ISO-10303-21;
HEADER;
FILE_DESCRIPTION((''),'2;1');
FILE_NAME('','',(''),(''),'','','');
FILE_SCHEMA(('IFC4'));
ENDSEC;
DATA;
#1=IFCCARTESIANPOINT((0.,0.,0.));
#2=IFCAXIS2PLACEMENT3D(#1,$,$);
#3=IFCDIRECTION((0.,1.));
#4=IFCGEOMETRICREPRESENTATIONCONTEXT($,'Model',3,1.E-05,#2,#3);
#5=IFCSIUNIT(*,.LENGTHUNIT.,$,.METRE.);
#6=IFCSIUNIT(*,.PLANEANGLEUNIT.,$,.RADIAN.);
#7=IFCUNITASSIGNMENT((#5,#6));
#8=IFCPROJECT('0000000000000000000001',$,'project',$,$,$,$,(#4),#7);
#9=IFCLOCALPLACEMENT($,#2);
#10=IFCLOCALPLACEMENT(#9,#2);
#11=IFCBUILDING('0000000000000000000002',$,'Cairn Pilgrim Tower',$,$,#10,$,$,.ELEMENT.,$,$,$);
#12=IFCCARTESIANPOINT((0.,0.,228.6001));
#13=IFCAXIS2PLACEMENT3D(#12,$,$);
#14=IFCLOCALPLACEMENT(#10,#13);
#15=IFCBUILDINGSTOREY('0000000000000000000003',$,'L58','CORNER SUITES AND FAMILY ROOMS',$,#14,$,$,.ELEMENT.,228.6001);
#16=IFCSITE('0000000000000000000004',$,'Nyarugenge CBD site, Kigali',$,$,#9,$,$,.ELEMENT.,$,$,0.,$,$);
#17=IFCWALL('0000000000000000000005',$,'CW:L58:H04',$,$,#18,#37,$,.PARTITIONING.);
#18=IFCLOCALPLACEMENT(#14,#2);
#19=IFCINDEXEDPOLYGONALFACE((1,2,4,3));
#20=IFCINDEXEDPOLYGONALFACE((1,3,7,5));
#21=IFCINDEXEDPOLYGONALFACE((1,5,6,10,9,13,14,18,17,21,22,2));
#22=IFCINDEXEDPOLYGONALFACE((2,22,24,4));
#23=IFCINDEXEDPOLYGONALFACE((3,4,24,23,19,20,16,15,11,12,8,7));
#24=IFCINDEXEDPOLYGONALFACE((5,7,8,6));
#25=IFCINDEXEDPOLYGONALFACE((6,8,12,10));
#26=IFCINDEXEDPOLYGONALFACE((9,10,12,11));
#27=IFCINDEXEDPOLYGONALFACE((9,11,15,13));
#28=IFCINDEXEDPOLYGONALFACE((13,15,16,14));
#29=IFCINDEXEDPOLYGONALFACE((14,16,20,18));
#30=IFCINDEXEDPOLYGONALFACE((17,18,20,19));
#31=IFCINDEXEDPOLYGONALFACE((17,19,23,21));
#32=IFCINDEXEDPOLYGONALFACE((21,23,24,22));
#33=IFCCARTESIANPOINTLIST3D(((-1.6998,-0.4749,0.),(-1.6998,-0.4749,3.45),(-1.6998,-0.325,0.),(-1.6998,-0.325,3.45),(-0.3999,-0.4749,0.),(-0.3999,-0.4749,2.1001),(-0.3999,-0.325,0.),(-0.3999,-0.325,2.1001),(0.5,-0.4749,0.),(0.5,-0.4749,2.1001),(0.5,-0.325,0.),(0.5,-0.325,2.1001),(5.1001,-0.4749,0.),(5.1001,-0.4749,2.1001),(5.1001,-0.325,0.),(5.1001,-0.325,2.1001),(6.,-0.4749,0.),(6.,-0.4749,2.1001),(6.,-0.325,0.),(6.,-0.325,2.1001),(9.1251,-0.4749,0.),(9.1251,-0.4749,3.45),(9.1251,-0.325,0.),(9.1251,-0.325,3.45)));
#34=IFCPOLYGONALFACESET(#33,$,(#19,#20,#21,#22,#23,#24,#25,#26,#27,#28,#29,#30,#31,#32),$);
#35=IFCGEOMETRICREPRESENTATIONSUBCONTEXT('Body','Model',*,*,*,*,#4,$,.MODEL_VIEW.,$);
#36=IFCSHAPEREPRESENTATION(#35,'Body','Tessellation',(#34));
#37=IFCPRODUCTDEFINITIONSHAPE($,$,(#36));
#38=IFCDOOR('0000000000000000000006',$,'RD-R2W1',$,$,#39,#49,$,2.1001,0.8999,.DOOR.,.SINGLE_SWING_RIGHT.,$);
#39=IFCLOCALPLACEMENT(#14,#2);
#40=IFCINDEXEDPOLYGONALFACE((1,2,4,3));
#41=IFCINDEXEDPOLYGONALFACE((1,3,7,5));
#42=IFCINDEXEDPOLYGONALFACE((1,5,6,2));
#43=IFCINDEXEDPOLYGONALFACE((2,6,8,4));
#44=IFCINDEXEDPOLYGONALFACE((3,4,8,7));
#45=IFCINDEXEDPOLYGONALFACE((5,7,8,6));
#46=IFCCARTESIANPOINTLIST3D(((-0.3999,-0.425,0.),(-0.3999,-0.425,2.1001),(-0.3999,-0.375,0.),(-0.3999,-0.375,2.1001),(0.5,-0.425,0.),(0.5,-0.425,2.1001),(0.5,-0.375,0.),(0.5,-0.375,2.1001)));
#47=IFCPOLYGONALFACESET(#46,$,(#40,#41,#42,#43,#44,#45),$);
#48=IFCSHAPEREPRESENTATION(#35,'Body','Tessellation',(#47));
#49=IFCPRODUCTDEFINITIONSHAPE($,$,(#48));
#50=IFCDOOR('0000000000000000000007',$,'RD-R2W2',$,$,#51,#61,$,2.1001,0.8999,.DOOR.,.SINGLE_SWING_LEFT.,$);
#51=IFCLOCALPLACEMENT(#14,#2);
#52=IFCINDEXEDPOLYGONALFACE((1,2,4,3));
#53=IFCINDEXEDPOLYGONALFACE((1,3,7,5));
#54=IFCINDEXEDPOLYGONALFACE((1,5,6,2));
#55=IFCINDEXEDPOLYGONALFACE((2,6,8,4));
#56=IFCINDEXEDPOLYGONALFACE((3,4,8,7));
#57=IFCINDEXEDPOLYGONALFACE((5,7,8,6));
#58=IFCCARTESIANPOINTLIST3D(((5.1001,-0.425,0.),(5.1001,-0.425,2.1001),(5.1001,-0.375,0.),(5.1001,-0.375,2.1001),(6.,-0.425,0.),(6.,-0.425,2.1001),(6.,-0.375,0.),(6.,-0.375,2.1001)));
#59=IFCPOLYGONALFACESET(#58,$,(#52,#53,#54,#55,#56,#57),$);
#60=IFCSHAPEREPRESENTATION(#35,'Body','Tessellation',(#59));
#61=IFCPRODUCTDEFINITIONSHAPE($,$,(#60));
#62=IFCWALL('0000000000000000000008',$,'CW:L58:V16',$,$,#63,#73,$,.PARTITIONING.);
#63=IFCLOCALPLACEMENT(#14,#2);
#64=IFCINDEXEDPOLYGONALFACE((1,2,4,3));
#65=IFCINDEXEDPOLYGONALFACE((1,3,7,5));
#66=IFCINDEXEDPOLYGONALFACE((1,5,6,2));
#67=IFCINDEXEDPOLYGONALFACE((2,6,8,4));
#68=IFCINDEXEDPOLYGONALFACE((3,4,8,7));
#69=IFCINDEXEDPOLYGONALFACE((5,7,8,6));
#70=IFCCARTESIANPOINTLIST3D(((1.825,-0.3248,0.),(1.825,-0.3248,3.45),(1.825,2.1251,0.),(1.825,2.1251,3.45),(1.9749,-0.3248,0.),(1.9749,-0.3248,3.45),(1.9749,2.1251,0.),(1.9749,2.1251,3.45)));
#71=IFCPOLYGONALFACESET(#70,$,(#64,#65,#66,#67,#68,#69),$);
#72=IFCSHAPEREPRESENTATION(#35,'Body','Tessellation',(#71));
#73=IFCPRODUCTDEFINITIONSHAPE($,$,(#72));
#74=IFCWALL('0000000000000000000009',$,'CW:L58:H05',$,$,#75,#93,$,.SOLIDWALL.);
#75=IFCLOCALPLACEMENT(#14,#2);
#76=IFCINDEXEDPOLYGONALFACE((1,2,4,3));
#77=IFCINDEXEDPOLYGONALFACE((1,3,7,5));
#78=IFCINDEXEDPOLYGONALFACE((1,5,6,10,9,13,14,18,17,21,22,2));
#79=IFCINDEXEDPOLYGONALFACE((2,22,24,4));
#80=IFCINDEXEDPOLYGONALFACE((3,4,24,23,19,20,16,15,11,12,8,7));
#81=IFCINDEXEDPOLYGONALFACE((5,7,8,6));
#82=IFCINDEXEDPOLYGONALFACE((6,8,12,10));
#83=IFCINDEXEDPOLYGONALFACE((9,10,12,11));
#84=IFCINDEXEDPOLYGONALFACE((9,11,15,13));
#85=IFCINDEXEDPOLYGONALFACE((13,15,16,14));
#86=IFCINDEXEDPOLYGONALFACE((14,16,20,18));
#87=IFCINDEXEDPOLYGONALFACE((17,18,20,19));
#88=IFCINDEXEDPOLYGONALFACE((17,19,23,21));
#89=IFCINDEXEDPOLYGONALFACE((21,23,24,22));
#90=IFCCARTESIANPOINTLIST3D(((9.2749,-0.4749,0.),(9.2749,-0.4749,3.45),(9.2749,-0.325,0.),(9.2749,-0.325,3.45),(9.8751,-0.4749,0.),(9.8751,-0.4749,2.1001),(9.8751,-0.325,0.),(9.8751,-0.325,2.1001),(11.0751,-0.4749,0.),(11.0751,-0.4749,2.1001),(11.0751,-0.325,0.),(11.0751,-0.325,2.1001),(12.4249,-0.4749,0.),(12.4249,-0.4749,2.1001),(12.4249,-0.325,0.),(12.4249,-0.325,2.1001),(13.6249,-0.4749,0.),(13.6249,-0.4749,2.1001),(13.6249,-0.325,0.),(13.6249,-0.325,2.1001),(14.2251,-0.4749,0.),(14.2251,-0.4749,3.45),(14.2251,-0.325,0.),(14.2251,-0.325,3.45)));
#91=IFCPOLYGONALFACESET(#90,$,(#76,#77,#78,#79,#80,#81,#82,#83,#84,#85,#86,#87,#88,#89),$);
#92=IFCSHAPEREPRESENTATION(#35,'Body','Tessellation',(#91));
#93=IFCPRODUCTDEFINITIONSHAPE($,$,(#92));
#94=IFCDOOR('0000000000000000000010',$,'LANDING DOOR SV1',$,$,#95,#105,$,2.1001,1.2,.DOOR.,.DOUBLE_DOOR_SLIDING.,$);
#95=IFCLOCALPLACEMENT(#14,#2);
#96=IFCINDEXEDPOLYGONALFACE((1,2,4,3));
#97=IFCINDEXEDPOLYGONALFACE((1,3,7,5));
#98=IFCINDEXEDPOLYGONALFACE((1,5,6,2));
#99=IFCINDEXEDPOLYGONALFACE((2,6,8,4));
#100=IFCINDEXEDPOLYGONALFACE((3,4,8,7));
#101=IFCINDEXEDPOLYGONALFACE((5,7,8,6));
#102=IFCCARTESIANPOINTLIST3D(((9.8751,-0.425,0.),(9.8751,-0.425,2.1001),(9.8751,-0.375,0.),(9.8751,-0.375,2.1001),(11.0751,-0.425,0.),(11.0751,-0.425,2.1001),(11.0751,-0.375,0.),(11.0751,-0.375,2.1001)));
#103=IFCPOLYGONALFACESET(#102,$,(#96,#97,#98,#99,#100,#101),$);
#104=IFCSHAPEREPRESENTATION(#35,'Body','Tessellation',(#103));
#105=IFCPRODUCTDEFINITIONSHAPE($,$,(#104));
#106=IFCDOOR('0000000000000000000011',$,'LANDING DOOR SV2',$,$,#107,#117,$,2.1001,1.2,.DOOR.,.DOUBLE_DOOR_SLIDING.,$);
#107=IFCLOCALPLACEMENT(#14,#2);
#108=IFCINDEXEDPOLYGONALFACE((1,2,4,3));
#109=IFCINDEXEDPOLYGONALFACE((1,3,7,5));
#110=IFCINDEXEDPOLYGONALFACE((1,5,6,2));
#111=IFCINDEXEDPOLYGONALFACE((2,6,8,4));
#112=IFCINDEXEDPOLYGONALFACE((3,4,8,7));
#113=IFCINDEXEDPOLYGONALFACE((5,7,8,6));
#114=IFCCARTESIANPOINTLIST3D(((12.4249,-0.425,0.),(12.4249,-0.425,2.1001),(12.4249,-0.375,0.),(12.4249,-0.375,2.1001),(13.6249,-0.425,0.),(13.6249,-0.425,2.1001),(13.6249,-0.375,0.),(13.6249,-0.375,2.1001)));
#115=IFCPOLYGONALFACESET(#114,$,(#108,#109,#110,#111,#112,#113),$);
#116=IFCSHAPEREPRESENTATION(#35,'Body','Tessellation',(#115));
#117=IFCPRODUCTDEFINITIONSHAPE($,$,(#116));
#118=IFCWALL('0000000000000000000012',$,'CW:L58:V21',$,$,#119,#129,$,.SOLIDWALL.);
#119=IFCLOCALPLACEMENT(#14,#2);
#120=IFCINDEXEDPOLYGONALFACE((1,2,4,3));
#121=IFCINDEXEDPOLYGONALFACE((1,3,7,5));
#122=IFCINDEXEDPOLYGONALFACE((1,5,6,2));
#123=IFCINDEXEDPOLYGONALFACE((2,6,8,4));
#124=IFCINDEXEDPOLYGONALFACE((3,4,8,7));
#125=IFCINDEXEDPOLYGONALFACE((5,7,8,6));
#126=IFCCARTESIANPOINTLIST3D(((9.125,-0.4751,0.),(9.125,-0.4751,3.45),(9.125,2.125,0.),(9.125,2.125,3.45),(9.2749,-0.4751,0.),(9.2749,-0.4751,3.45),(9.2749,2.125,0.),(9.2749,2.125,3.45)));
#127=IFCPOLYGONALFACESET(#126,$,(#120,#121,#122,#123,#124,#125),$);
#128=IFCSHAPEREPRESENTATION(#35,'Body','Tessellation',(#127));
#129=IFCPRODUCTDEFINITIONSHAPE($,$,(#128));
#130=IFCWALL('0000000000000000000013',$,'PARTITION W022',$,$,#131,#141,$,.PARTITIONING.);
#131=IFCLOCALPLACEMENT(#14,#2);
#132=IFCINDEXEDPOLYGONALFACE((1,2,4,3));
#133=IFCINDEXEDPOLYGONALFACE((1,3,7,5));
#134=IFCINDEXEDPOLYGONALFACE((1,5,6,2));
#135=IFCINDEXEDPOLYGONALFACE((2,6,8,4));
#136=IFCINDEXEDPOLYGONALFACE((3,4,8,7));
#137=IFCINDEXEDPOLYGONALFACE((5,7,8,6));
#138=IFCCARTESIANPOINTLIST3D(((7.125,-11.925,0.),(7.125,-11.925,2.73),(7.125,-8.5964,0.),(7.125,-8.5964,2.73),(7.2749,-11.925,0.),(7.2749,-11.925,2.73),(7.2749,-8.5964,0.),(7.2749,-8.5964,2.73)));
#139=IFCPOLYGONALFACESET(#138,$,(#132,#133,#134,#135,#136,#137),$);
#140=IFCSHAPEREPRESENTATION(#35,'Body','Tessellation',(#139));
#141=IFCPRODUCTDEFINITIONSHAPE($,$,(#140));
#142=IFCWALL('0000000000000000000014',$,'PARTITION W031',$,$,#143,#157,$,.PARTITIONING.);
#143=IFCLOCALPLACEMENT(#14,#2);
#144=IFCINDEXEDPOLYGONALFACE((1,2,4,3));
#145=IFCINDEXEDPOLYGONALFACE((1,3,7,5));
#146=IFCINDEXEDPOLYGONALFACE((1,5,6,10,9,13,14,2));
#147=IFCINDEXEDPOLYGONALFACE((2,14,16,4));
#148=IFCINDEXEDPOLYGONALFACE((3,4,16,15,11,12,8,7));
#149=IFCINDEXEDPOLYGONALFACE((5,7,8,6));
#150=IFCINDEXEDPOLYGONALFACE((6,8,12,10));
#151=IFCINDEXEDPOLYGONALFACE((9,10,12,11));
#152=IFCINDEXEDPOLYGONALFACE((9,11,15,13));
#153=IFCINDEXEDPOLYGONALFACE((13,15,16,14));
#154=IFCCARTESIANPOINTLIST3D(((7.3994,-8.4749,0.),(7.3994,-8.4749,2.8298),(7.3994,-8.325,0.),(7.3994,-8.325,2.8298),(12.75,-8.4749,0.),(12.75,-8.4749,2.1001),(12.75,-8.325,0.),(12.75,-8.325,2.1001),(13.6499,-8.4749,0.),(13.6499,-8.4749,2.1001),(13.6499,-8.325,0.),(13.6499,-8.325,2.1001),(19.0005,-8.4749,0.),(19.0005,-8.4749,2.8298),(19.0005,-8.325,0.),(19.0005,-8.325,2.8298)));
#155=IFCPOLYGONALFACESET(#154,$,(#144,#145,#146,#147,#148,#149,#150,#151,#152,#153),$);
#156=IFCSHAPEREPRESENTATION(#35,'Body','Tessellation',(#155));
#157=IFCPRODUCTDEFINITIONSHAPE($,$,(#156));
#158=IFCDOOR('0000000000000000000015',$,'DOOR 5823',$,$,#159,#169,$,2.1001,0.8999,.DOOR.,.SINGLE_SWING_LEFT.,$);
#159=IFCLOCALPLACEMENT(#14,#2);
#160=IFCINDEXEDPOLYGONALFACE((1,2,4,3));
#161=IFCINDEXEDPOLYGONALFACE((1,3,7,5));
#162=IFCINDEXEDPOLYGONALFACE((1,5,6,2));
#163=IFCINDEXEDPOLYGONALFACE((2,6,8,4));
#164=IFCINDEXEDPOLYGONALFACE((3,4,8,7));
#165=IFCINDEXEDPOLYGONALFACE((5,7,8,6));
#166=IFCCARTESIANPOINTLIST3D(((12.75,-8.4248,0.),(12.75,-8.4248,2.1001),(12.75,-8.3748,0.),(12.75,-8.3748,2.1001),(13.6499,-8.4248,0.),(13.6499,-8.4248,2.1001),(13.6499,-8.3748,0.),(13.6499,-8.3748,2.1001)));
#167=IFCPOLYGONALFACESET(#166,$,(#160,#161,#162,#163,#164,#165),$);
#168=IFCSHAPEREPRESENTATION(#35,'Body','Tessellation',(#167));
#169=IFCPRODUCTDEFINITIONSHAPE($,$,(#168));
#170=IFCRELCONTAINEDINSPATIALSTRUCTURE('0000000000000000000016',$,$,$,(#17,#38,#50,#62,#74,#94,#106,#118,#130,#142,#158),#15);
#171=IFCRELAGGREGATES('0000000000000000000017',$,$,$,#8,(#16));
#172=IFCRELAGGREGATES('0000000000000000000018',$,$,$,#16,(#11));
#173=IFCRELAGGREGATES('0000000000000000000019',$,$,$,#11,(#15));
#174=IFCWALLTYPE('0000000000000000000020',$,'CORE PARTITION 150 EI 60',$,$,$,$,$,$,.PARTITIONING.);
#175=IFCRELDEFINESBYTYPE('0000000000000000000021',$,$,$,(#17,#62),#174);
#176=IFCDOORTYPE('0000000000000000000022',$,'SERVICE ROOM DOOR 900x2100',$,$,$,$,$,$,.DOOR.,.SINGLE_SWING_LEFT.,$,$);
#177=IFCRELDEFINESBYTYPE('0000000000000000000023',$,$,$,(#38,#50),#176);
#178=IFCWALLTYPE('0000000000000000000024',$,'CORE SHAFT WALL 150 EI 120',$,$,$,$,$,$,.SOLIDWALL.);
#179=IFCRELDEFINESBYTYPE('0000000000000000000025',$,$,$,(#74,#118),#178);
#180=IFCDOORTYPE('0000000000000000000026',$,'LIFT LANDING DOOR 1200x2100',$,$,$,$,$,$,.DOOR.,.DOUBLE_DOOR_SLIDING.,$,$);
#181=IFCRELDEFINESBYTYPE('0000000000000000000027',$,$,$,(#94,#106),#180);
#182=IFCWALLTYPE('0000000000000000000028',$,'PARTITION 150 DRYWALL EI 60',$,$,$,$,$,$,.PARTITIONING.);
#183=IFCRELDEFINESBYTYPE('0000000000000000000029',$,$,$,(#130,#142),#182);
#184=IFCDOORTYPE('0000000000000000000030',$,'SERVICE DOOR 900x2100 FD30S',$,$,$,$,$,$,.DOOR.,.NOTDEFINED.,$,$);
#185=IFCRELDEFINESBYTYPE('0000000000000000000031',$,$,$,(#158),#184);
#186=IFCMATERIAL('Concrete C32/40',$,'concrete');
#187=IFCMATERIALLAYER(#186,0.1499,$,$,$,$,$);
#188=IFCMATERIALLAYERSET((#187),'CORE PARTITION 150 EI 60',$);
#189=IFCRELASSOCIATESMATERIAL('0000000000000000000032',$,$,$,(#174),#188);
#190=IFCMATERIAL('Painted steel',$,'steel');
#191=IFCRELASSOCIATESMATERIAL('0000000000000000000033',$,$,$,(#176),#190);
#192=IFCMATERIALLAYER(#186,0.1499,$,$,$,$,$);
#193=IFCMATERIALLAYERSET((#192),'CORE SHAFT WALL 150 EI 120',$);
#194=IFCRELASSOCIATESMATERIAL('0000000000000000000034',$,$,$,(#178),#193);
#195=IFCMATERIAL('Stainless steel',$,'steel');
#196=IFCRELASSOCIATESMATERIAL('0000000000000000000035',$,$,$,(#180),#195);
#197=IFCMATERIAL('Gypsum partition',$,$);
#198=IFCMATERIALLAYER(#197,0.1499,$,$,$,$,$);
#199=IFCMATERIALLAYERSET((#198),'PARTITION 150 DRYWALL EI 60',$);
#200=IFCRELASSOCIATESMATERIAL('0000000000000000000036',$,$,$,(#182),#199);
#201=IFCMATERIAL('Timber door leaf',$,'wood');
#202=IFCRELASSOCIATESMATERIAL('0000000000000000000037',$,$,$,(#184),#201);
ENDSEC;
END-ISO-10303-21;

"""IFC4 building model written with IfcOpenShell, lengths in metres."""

from ifc_helpers import new_model, si_unit, direction, frame, frame_2d, origin, place, context, subcontext, project, spatial, rectangle, extrude, material, layer, layer_set, type_object, element, fill, save


model = new_model("IFC4")

# Units and contexts
model_context = context("Model", 3, precision=1e-05, world=origin(), true_north=direction((0.0, 1.0)))
body_context = subcontext(model_context, "Body", "Model", "MODEL_VIEW")
ifc_project = project(units=[si_unit("LENGTHUNIT", "METRE"), si_unit("PLANEANGLEUNIT", "RADIAN")], contexts=[model_context])

# Site, building, storey
site_placement = place(None, origin())
site = spatial("IfcSite", under=ifc_project, at=site_placement, Name="Nyarugenge CBD site, Kigali", CompositionType="ELEMENT", RefElevation=0.0)
building_placement = place(site_placement, origin())
building = spatial("IfcBuilding", under=site, at=building_placement, Name="Cairn Pilgrim Tower", CompositionType="ELEMENT")
storey_placement = place(building_placement, frame((0.0, 0.0, 228.6001)))
storey = spatial("IfcBuildingStorey", under=building, at=storey_placement, Name="L58", Description="CORNER SUITES AND FAMILY ROOMS", CompositionType="ELEMENT", Elevation=228.6001)

# Shared definitions
ifc_material_1 = material(Name="Concrete C32/40", Category="concrete")
ifc_layer_1 = layer(ifc_material_1, 0.1499)
ifc_layer_set_1 = layer_set([ifc_layer_1], Name="CORE PARTITION 150 EI 60")
wall_type_1 = type_object("IfcWallType", Name="CORE PARTITION 150 EI 60", PredefinedType="PARTITIONING", material=ifc_layer_set_1)
ifc_material_2 = material(Name="Painted steel", Category="steel")
door_type_1 = type_object("IfcDoorType", Name="SERVICE ROOM DOOR 900x2100", OperationType="SINGLE_SWING_LEFT", PredefinedType="DOOR", material=ifc_material_2)

# Wall, openings, doors
wall_1_placement = place(storey_placement, frame((-1.7, -0.3999, 0.0), z_axis=(0.0, 0.0, 1.0), x_axis=(1.0, 0.0, 0.0)))
wall_1 = element("IfcWall", 1, at=wall_1_placement, inside=storey, type_object=wall_type_1, Name="CW:L58:H04", PredefinedType="PARTITIONING", context=body_context, shape_type="SweptSolid", body=[
    extrude(rectangle(XDim=10.825, YDim=0.1499, at=frame_2d((5.4126, 0.0))), origin(), (0.0, 0.0, 1.0), 3.45),
])
opening_1_placement = place(wall_1_placement, frame((1.3, 0.0, 0.0)))
opening_1 = element("IfcOpeningElement", 2, at=opening_1_placement, cuts=wall_1, PredefinedType="OPENING", context=body_context, shape_type="SweptSolid", body=[
    extrude(rectangle(XDim=0.8999, YDim=2.1001, at=frame_2d((0.45, 1.05))), frame((0.0, 0.085, 0.0), z_axis=(0.0, -1.0, 0.0), x_axis=(1.0, 0.0, 0.0)), (0.0, 0.0, 1.0), 0.1699),
])
opening_2_placement = place(wall_1_placement, frame((6.8, 0.0, 0.0)))
opening_2 = element("IfcOpeningElement", 3, at=opening_2_placement, cuts=wall_1, PredefinedType="OPENING", context=body_context, shape_type="SweptSolid", body=[
    extrude(rectangle(XDim=0.8999, YDim=2.1001, at=frame_2d((0.45, 1.05))), frame((0.0, 0.085, 0.0), z_axis=(0.0, -1.0, 0.0), x_axis=(1.0, 0.0, 0.0)), (0.0, 0.0, 1.0), 0.1699),
])
door_1_placement = place(opening_1_placement, origin())
door_1 = element("IfcDoor", 4, at=door_1_placement, inside=storey, type_object=door_type_1, Name="RD-R2W1", OperationType="SINGLE_SWING_RIGHT", OverallHeight=2.1001, OverallWidth=0.8999, PredefinedType="DOOR", context=body_context, shape_type="SweptSolid", body=[
    extrude(rectangle(XDim=0.8999, YDim=2.1001, at=frame_2d((0.45, 1.05))), frame((0.0, 0.0249, 0.0), z_axis=(0.0, -1.0, 0.0), x_axis=(1.0, 0.0, 0.0)), (0.0, 0.0, 1.0), 0.05),
])
fill(opening_1, door_1)
door_2_placement = place(opening_2_placement, origin())
door_2 = element("IfcDoor", 5, at=door_2_placement, inside=storey, type_object=door_type_1, Name="RD-R2W2", OperationType="SINGLE_SWING_LEFT", OverallHeight=2.1001, OverallWidth=0.8999, PredefinedType="DOOR", context=body_context, shape_type="SweptSolid", body=[
    extrude(rectangle(XDim=0.8999, YDim=2.1001, at=frame_2d((0.45, 1.05))), frame((0.0, 0.0249, 0.0), z_axis=(0.0, -1.0, 0.0), x_axis=(1.0, 0.0, 0.0)), (0.0, 0.0, 1.0), 0.05),
])
fill(opening_2, door_2)

# Wall
wall_2_placement = place(storey_placement, frame((1.8999, -0.325, 0.0), z_axis=(0.0, 0.0, 1.0), x_axis=(0.0, 1.0, 0.0)))
element("IfcWall", 6, at=wall_2_placement, inside=storey, type_object=wall_type_1, Name="CW:L58:V16", PredefinedType="PARTITIONING", context=body_context, shape_type="SweptSolid", body=[
    extrude(rectangle(XDim=2.45, YDim=0.1499, at=frame_2d((1.2251, 0.0))), origin(), (0.0, 0.0, 1.0), 3.45),
])

# Wall, openings, doors
ifc_layer_2 = layer(ifc_material_1, 0.1499)
ifc_layer_set_2 = layer_set([ifc_layer_2], Name="CORE SHAFT WALL 150 EI 120")
wall_type_2 = type_object("IfcWallType", Name="CORE SHAFT WALL 150 EI 120", PredefinedType="SOLIDWALL", material=ifc_layer_set_2)
wall_3_placement = place(storey_placement, frame((9.2749, -0.3999, 0.0), z_axis=(0.0, 0.0, 1.0), x_axis=(1.0, 0.0, 0.0)))
wall_3 = element("IfcWall", 7, at=wall_3_placement, inside=storey, type_object=wall_type_2, Name="CW:L58:H05", PredefinedType="SOLIDWALL", context=body_context, shape_type="SweptSolid", body=[
    extrude(rectangle(XDim=4.9502, YDim=0.1499, at=frame_2d((2.4751, 0.0))), origin(), (0.0, 0.0, 1.0), 3.45),
])
opening_3_placement = place(wall_3_placement, frame((0.6001, 0.0, 0.0)))
opening_3 = element("IfcOpeningElement", 8, at=opening_3_placement, cuts=wall_3, PredefinedType="OPENING", context=body_context, shape_type="SweptSolid", body=[
    extrude(rectangle(XDim=1.2, YDim=2.1001, at=frame_2d((0.6001, 1.05))), frame((0.0, 0.085, 0.0), z_axis=(0.0, -1.0, 0.0), x_axis=(1.0, 0.0, 0.0)), (0.0, 0.0, 1.0), 0.1699),
])
opening_4_placement = place(wall_3_placement, frame((3.1499, 0.0, 0.0)))
opening_4 = element("IfcOpeningElement", 9, at=opening_4_placement, cuts=wall_3, PredefinedType="OPENING", context=body_context, shape_type="SweptSolid", body=[
    extrude(rectangle(XDim=1.2, YDim=2.1001, at=frame_2d((0.6001, 1.05))), frame((0.0, 0.085, 0.0), z_axis=(0.0, -1.0, 0.0), x_axis=(1.0, 0.0, 0.0)), (0.0, 0.0, 1.0), 0.1699),
])
ifc_material_3 = material(Name="Stainless steel", Category="steel")
door_type_2 = type_object("IfcDoorType", Name="LIFT LANDING DOOR 1200x2100", OperationType="DOUBLE_DOOR_SLIDING", PredefinedType="DOOR", material=ifc_material_3)
door_3_placement = place(opening_3_placement, origin())
door_3 = element("IfcDoor", 10, at=door_3_placement, inside=storey, type_object=door_type_2, Name="LANDING DOOR SV1", OperationType="DOUBLE_DOOR_SLIDING", OverallHeight=2.1001, OverallWidth=1.2, PredefinedType="DOOR", context=body_context, shape_type="SweptSolid", body=[
    extrude(rectangle(XDim=1.2, YDim=2.1001, at=frame_2d((0.6001, 1.05))), frame((0.0, 0.0249, 0.0), z_axis=(0.0, -1.0, 0.0), x_axis=(1.0, 0.0, 0.0)), (0.0, 0.0, 1.0), 0.05),
])
fill(opening_3, door_3)
door_4_placement = place(opening_4_placement, origin())
door_4 = element("IfcDoor", 11, at=door_4_placement, inside=storey, type_object=door_type_2, Name="LANDING DOOR SV2", OperationType="DOUBLE_DOOR_SLIDING", OverallHeight=2.1001, OverallWidth=1.2, PredefinedType="DOOR", context=body_context, shape_type="SweptSolid", body=[
    extrude(rectangle(XDim=1.2, YDim=2.1001, at=frame_2d((0.6001, 1.05))), frame((0.0, 0.0249, 0.0), z_axis=(0.0, -1.0, 0.0), x_axis=(1.0, 0.0, 0.0)), (0.0, 0.0, 1.0), 0.05),
])
fill(opening_4, door_4)

# Walls
wall_4_placement = place(storey_placement, frame((9.2, -0.4751, 0.0), z_axis=(0.0, 0.0, 1.0), x_axis=(0.0, 1.0, 0.0)))
element("IfcWall", 12, at=wall_4_placement, inside=storey, type_object=wall_type_2, Name="CW:L58:V21", PredefinedType="SOLIDWALL", context=body_context, shape_type="SweptSolid", body=[
    extrude(rectangle(XDim=2.6001, YDim=0.1499, at=frame_2d((1.3, 0.0))), origin(), (0.0, 0.0, 1.0), 3.45),
])
ifc_material_4 = material(Name="Gypsum partition")
ifc_layer_3 = layer(ifc_material_4, 0.1499)
ifc_layer_set_3 = layer_set([ifc_layer_3], Name="PARTITION 150 DRYWALL EI 60")
wall_type_3 = type_object("IfcWallType", Name="PARTITION 150 DRYWALL EI 60", PredefinedType="PARTITIONING", material=ifc_layer_set_3)
wall_5_placement = place(storey_placement, frame((7.2, -11.925, 0.0), z_axis=(0.0, 0.0, 1.0), x_axis=(0.0, 1.0, 0.0)))
element("IfcWall", 13, at=wall_5_placement, inside=storey, type_object=wall_type_3, Name="PARTITION W022", PredefinedType="PARTITIONING", context=body_context, shape_type="SweptSolid", body=[
    extrude(rectangle(XDim=3.3286, YDim=0.1499, at=frame_2d((1.6643, 0.0))), origin(), (0.0, 0.0, 1.0), 2.73),
])

# Wall, opening, door
wall_6_placement = place(storey_placement, frame((7.3994, -8.3999, 0.0), z_axis=(0.0, 0.0, 1.0), x_axis=(1.0, 0.0, 0.0)))
wall_6 = element("IfcWall", 14, at=wall_6_placement, inside=storey, type_object=wall_type_3, Name="PARTITION W031", PredefinedType="PARTITIONING", context=body_context, shape_type="SweptSolid", body=[
    extrude(rectangle(XDim=11.6011, YDim=0.1499, at=frame_2d((5.8005, 0.0))), origin(), (0.0, 0.0, 1.0), 2.8298),
])
opening_5_placement = place(wall_6_placement, frame((5.3506, 0.0, 0.0)))
opening_5 = element("IfcOpeningElement", 15, at=opening_5_placement, cuts=wall_6, PredefinedType="OPENING", context=body_context, shape_type="SweptSolid", body=[
    extrude(rectangle(XDim=0.8999, YDim=2.1001, at=frame_2d((0.45, 1.05))), frame((0.0, 0.085, 0.0), z_axis=(0.0, -1.0, 0.0), x_axis=(1.0, 0.0, 0.0)), (0.0, 0.0, 1.0), 0.1699),
])
ifc_material_5 = material(Name="Timber door leaf", Category="wood")
door_type_3 = type_object("IfcDoorType", Name="SERVICE DOOR 900x2100 FD30S", OperationType="NOTDEFINED", PredefinedType="DOOR", material=ifc_material_5)
door_5_placement = place(opening_5_placement, frame((0.8999, 0.0, 0.0), z_axis=(0.0, 0.0, 1.0), x_axis=(-1.0, 0.0, 0.0)))
door_5 = element("IfcDoor", 16, at=door_5_placement, inside=storey, type_object=door_type_3, Name="DOOR 5823", OperationType="SINGLE_SWING_LEFT", OverallHeight=2.1001, OverallWidth=0.8999, PredefinedType="DOOR", context=body_context, shape_type="SweptSolid", body=[
    extrude(rectangle(XDim=0.8999, YDim=2.1001, at=frame_2d((0.45, 1.05))), frame((0.0, 0.0249, 0.0), z_axis=(0.0, -1.0, 0.0), x_axis=(1.0, 0.0, 0.0)), (0.0, 0.0, 1.0), 0.05),
])
fill(opening_5, door_5)

save(model, "model.ifc")
